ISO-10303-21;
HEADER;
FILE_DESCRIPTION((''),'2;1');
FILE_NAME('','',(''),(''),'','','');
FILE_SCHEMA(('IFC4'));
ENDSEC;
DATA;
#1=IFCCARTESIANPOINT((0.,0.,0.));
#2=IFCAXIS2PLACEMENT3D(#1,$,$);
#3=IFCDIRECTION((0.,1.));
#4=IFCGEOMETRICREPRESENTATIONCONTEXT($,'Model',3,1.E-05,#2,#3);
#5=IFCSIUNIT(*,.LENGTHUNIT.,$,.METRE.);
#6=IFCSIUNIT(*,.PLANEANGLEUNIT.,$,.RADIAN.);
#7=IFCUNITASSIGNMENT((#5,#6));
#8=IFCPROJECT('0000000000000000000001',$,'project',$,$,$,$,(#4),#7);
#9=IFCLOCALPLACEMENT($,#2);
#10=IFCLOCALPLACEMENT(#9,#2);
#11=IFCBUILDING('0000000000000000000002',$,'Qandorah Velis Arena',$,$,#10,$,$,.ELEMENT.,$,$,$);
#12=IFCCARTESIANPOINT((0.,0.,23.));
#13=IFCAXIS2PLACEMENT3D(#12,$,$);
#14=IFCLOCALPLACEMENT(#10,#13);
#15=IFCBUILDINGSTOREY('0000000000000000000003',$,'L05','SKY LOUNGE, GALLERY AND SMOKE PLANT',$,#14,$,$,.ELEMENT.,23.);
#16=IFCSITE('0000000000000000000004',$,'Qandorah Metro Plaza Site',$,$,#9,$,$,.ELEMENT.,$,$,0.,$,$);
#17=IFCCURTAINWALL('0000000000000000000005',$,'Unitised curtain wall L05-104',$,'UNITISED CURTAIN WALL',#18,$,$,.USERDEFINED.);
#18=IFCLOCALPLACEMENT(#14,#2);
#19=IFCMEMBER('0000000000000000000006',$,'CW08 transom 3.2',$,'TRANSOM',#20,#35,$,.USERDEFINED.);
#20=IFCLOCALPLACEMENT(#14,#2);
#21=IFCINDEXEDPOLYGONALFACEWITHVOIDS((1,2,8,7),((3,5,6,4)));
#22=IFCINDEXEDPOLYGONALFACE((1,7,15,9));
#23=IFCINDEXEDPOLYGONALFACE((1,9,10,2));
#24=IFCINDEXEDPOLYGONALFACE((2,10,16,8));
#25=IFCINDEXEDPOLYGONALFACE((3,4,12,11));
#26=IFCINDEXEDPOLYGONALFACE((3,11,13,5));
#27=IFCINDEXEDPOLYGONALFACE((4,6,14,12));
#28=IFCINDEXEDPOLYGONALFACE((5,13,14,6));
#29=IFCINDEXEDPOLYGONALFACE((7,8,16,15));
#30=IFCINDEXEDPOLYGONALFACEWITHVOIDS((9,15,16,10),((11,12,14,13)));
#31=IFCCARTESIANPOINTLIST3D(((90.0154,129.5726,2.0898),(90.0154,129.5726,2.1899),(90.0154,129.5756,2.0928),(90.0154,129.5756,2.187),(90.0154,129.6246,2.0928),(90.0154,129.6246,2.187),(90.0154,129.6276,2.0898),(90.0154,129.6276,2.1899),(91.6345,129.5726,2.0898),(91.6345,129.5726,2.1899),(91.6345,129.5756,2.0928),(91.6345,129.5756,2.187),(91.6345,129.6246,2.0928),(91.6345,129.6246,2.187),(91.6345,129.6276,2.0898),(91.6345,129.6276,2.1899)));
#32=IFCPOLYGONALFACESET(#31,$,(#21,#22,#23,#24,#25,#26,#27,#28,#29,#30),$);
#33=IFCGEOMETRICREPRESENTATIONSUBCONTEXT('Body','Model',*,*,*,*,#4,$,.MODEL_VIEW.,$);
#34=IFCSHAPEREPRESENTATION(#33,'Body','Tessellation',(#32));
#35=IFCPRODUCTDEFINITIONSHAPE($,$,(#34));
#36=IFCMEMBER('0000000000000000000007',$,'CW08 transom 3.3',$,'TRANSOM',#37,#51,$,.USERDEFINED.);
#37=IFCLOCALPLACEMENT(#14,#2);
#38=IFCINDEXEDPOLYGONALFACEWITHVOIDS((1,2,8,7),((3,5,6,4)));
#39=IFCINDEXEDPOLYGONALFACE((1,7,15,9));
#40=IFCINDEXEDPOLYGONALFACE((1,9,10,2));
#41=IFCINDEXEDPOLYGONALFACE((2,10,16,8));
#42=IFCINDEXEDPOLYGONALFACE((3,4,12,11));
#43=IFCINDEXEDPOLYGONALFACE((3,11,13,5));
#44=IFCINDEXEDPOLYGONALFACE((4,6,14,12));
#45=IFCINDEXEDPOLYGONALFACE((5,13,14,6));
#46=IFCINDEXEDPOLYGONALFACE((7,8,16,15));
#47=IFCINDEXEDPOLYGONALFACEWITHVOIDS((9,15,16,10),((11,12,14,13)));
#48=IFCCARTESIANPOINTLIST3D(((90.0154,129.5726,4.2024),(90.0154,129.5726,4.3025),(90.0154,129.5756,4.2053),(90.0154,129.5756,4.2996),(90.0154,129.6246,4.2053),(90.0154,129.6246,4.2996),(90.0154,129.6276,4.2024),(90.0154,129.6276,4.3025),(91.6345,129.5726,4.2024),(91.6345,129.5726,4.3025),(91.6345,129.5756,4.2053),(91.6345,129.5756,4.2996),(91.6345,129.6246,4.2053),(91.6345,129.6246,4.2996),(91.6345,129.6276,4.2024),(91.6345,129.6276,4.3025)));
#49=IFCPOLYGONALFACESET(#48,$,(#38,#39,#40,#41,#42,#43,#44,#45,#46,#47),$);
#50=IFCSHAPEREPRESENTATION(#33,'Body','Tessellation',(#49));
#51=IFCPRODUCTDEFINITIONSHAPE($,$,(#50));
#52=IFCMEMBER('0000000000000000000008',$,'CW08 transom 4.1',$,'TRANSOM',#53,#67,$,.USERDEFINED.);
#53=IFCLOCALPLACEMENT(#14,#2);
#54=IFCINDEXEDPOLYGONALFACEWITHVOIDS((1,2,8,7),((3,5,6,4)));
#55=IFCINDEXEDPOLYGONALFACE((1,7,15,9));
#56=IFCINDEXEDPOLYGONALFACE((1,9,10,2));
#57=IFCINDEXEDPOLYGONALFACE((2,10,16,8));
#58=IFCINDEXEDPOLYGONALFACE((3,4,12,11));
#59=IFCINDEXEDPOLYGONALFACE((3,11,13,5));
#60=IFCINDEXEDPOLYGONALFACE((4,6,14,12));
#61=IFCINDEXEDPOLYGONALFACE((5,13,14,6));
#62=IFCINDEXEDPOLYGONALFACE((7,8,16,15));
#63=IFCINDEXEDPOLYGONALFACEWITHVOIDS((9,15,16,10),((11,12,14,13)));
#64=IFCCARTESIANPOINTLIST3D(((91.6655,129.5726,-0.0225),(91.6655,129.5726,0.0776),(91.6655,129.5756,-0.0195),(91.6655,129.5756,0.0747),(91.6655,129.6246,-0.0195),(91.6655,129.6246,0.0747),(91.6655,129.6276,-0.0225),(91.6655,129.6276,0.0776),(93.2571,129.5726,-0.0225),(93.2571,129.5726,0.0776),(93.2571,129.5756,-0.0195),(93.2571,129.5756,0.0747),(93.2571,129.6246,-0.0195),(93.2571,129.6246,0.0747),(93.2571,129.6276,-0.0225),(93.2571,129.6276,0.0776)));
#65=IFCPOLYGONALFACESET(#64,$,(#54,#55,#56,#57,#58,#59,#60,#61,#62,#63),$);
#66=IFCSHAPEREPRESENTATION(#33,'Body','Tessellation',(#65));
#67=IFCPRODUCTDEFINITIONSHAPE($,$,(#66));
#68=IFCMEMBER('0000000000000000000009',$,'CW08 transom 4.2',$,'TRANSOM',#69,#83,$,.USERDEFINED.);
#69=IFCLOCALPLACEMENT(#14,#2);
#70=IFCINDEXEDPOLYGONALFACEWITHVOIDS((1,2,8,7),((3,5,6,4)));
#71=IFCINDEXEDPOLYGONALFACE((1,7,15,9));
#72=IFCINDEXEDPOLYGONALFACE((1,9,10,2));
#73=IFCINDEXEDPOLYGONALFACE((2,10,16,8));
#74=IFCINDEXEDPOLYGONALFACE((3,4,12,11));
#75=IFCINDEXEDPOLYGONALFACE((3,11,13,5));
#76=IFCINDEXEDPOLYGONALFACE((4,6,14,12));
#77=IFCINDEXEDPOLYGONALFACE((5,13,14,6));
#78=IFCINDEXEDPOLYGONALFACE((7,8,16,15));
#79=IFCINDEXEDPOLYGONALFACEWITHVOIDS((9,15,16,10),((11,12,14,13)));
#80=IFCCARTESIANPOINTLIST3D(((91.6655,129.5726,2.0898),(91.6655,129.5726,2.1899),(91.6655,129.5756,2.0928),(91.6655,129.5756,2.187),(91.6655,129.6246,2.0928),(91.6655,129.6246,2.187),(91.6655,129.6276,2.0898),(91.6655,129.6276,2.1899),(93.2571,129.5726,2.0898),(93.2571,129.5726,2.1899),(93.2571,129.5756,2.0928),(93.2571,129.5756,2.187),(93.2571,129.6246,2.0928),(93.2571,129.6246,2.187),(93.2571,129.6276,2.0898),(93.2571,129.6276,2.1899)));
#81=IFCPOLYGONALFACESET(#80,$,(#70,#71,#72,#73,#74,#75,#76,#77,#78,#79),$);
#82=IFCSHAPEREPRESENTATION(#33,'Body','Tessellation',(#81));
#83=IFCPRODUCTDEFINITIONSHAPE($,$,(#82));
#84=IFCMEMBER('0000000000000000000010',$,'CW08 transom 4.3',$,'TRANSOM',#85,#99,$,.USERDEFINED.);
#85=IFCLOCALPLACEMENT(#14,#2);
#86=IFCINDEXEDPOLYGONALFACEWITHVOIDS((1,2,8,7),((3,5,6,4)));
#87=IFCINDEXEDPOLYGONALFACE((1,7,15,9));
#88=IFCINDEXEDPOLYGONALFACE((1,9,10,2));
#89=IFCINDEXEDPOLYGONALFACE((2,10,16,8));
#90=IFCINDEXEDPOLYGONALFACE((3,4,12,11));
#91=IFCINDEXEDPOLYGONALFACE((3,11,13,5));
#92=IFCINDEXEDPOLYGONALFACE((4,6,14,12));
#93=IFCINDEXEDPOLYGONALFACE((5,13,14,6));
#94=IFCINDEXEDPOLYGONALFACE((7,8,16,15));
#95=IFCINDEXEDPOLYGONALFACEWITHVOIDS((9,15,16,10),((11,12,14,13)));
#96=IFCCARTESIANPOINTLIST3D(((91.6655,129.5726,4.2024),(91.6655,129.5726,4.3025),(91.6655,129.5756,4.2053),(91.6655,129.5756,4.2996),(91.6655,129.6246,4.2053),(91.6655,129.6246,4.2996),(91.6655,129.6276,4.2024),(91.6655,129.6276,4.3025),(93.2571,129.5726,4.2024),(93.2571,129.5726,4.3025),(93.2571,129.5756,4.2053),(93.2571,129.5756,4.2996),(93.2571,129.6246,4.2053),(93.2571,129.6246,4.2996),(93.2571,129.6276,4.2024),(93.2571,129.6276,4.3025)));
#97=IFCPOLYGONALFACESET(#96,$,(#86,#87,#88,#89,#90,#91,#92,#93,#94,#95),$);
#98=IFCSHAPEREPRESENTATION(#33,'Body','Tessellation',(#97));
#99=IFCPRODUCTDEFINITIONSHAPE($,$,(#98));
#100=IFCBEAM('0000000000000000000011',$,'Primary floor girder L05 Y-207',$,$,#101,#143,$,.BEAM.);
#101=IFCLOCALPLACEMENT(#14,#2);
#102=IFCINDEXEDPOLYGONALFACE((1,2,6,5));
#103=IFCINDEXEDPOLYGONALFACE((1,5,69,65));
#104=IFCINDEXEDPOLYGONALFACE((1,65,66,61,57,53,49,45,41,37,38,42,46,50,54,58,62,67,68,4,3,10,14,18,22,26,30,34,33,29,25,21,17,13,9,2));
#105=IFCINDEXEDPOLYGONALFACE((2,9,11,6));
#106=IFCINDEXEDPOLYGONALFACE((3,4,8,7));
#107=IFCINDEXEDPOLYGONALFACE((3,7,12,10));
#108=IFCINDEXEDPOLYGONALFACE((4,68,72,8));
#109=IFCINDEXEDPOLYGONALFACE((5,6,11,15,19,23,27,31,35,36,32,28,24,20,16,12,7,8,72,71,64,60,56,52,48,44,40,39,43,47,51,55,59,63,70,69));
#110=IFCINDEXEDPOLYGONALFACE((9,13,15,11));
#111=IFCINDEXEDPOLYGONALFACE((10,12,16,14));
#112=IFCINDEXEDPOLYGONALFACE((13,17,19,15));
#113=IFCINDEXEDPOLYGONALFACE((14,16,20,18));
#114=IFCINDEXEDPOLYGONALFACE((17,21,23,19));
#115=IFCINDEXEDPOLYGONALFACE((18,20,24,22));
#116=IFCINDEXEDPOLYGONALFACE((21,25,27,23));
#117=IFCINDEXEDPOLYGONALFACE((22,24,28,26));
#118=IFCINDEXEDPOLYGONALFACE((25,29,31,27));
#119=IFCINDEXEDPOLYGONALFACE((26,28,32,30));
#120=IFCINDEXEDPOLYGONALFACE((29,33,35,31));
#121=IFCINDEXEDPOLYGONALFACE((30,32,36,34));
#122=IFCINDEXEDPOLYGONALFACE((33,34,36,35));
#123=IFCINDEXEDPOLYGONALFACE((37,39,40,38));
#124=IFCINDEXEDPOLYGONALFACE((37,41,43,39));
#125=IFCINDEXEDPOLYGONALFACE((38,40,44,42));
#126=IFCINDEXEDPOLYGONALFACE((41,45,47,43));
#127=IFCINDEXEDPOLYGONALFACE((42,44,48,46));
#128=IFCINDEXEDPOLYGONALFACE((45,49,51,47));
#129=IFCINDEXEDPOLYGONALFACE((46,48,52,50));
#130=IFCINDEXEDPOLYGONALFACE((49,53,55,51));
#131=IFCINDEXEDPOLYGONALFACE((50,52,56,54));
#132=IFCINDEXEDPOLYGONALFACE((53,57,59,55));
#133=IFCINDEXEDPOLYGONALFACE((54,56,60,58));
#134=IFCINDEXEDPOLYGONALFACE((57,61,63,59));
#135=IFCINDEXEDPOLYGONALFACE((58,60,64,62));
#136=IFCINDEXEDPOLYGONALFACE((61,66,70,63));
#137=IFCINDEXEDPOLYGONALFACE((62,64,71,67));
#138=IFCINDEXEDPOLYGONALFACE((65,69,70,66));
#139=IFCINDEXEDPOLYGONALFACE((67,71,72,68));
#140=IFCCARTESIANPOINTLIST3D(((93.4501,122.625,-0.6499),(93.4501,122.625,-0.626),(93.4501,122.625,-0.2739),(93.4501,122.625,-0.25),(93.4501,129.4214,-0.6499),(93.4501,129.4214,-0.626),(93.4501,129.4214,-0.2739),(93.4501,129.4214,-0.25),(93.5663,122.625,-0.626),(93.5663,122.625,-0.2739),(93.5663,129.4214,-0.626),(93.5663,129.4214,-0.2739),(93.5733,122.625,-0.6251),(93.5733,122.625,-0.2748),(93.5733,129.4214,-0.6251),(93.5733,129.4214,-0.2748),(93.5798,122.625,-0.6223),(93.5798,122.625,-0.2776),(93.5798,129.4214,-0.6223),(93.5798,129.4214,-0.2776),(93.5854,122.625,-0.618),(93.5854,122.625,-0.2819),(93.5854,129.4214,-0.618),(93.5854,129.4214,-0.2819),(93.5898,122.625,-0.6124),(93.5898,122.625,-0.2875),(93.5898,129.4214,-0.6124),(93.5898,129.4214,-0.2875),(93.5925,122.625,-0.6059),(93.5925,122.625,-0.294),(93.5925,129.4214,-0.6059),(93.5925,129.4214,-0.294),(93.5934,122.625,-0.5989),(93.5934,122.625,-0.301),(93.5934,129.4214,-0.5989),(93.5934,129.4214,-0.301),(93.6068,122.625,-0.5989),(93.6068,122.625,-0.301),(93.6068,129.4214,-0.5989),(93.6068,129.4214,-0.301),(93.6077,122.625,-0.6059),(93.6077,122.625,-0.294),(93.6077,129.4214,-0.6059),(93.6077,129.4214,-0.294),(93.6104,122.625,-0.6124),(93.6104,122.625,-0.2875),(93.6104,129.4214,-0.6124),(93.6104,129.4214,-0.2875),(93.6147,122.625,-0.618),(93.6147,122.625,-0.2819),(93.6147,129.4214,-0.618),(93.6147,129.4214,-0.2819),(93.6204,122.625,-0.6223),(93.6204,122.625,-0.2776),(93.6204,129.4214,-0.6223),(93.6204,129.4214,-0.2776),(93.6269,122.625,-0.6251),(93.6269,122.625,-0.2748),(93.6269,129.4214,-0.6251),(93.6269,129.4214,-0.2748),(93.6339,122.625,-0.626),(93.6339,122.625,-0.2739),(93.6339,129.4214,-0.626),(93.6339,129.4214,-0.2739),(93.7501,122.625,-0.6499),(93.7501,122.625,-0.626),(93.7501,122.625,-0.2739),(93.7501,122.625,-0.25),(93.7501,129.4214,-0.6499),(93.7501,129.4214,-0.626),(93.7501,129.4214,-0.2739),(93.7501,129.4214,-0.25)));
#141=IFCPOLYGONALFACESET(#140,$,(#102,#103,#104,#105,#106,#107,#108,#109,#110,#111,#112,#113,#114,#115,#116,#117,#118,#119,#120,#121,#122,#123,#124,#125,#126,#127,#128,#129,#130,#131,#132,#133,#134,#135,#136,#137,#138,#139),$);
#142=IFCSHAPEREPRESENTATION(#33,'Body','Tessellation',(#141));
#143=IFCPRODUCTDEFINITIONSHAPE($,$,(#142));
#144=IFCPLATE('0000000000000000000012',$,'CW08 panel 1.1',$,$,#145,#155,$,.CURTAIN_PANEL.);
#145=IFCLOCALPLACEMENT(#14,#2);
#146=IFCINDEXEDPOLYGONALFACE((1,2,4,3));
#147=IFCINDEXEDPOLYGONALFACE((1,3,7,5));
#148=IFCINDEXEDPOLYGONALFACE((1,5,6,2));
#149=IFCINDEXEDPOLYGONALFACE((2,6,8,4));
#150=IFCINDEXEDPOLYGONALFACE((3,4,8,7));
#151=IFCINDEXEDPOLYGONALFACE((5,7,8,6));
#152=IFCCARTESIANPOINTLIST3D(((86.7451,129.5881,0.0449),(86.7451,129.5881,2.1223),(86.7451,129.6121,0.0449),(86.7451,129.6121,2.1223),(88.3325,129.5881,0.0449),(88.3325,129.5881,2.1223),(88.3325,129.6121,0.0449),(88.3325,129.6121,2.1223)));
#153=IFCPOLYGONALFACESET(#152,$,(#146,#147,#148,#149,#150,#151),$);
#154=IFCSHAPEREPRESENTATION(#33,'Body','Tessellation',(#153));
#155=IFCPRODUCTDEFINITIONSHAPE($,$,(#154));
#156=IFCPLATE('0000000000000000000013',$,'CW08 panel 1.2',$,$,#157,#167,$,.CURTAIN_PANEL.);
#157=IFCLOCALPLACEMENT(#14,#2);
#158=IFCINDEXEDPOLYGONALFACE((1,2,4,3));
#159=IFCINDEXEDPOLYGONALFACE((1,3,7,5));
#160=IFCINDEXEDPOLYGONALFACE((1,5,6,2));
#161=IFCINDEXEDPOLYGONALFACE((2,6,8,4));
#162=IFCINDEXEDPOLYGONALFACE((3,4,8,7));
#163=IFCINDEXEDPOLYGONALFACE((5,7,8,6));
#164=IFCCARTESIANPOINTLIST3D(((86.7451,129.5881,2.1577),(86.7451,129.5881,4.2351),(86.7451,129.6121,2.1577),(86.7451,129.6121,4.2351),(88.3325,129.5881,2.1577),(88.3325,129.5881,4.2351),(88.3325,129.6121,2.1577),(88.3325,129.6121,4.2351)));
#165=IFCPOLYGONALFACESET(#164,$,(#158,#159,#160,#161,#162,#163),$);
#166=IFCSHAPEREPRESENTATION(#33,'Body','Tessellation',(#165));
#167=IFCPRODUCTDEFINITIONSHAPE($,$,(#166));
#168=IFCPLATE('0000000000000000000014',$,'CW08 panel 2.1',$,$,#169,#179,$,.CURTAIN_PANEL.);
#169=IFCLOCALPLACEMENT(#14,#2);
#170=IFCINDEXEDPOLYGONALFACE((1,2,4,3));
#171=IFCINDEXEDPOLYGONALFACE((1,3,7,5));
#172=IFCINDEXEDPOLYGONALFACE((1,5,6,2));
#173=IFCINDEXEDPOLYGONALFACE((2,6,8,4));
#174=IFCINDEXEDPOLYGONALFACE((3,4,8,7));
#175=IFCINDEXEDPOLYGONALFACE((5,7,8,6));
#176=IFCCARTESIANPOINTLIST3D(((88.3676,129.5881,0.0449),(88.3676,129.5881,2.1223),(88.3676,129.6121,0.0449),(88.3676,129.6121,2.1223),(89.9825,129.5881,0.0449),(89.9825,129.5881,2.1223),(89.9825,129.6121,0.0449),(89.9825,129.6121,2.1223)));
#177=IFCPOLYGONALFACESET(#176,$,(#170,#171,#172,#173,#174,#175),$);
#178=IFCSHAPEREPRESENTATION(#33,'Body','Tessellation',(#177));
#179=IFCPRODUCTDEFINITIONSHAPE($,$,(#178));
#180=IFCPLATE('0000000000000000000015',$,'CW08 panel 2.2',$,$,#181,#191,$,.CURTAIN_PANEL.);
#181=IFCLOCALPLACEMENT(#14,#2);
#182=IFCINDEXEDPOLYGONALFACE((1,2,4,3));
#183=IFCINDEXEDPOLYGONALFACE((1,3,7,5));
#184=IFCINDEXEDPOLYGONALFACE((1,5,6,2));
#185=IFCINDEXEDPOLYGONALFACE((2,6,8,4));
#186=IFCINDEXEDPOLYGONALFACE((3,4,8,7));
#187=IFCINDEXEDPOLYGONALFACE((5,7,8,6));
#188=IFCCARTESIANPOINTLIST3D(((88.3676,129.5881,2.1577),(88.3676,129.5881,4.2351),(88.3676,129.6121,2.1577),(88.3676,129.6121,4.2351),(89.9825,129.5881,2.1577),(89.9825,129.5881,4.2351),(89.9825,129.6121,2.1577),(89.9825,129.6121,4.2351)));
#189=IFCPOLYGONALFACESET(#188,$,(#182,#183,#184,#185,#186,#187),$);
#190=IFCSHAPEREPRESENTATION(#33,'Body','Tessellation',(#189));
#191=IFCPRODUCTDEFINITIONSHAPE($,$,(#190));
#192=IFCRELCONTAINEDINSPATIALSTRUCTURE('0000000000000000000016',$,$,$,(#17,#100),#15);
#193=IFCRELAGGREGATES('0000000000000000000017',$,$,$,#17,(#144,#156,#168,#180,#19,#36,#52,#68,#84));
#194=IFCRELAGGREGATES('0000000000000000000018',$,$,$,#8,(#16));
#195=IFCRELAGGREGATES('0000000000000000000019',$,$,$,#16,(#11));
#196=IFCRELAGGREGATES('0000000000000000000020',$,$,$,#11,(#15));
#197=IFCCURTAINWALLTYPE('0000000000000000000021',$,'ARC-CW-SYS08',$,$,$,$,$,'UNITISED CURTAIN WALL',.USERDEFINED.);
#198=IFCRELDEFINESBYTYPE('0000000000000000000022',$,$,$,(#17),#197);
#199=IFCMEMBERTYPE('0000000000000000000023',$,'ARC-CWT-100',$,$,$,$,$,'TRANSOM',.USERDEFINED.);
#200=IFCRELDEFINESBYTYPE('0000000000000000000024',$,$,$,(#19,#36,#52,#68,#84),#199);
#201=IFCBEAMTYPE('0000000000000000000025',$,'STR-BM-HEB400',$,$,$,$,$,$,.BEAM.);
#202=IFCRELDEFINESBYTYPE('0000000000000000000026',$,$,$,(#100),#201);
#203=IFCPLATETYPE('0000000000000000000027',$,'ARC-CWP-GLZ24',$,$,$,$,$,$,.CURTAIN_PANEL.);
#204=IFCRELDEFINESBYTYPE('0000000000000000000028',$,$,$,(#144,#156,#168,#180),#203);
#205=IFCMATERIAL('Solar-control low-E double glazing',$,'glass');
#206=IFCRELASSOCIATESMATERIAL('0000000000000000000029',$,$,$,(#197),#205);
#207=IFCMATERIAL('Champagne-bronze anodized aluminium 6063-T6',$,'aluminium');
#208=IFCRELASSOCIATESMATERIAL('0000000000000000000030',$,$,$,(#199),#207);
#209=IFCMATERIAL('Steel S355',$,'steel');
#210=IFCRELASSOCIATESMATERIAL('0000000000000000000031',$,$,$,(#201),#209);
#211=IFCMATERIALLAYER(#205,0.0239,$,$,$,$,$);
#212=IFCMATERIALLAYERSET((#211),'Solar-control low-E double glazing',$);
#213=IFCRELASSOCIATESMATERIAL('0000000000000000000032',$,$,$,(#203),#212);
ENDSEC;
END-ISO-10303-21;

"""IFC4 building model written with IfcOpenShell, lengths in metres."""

from ifc_helpers import new_model, si_unit, direction, frame, origin, origin_2d, place, context, subcontext, project, spatial, rectangle, hollow_rectangle, i_section, extrude, material, layer, layer_set, material_profile, profile_set, type_object, element, aggregate, save


model = new_model("IFC4")

# Units and contexts
model_context = context("Model", 3, precision=1e-05, world=origin(), true_north=direction((0.0, 1.0)))
body_context = subcontext(model_context, "Body", "Model", "MODEL_VIEW")
ifc_project = project(units=[si_unit("LENGTHUNIT", "METRE"), si_unit("PLANEANGLEUNIT", "RADIAN")], contexts=[model_context])

# Site, building, storey
site_placement = place(None, origin())
site = spatial("IfcSite", under=ifc_project, at=site_placement, Name="Qandorah Metro Plaza Site", CompositionType="ELEMENT", RefElevation=0.0)
building_placement = place(site_placement, origin())
building = spatial("IfcBuilding", under=site, at=building_placement, Name="Qandorah Velis Arena", CompositionType="ELEMENT")
storey_placement = place(building_placement, frame((0.0, 0.0, 23.0)))
storey = spatial("IfcBuildingStorey", under=building, at=storey_placement, Name="L05", Description="SKY LOUNGE, GALLERY AND SMOKE PLANT", CompositionType="ELEMENT", Elevation=23.0)

# Curtain wall, members
ifc_material_1 = material(Name="Solar-control low-E double glazing", Category="glass")
curtain_wall_type = type_object("IfcCurtainWallType", Name="ARC-CW-SYS08", ElementType="UNITISED CURTAIN WALL", PredefinedType="USERDEFINED", material=ifc_material_1)
curtain_wall_placement = place(storey_placement, origin())
curtain_wall = element("IfcCurtainWall", 1, at=curtain_wall_placement, inside=storey, type_object=curtain_wall_type, Name="Unitised curtain wall L05-104", ObjectType="UNITISED CURTAIN WALL", PredefinedType="USERDEFINED")
ifc_material_2 = material(Name="Champagne-bronze anodized aluminium 6063-T6", Category="aluminium")
ifc_material_profile_1 = material_profile(ifc_material_2, hollow_rectangle(XDim=0.0549, YDim=0.1001, WallThickness=0.0029, at=origin_2d()), Name="ALU TRANSOM 55x100")
ifc_profile_set_1 = profile_set([ifc_material_profile_1], Name="Champagne-bronze anodized aluminium 6063-T6")
member_type_1 = type_object("IfcMemberType", Name="ARC-CWT-100", ElementType="TRANSOM", PredefinedType="USERDEFINED", material=ifc_profile_set_1)
member_1_placement = place(storey_placement, frame((90.0154, 129.6001, 2.1399), z_axis=(1.0, 0.0, 0.0), x_axis=(0.0, 1.0, 0.0)))
member_1 = element("IfcMember", 2, at=member_1_placement, type_object=member_type_1, Name="CW08 transom 3.2", ObjectType="TRANSOM", PredefinedType="USERDEFINED", context=body_context, shape_type="SweptSolid", body=[
    extrude(hollow_rectangle(XDim=0.0549, YDim=0.1001, WallThickness=0.0029, at=origin_2d()), origin(), (0.0, 0.0, 1.0), 1.6191),
])
member_2_placement = place(storey_placement, frame((90.0154, 129.6001, 4.2524), z_axis=(1.0, 0.0, 0.0), x_axis=(0.0, 1.0, 0.0)))
member_2 = element("IfcMember", 3, at=member_2_placement, type_object=member_type_1, Name="CW08 transom 3.3", ObjectType="TRANSOM", PredefinedType="USERDEFINED", context=body_context, shape_type="SweptSolid", body=[
    extrude(hollow_rectangle(XDim=0.0549, YDim=0.1001, WallThickness=0.0029, at=origin_2d()), origin(), (0.0, 0.0, 1.0), 1.6191),
])
member_3_placement = place(storey_placement, frame((91.6655, 129.6001, 0.0276), z_axis=(1.0, 0.0, 0.0), x_axis=(0.0, 1.0, 0.0)))
member_3 = element("IfcMember", 4, at=member_3_placement, type_object=member_type_1, Name="CW08 transom 4.1", ObjectType="TRANSOM", PredefinedType="USERDEFINED", context=body_context, shape_type="SweptSolid", body=[
    extrude(hollow_rectangle(XDim=0.0549, YDim=0.1001, WallThickness=0.0029, at=origin_2d()), origin(), (0.0, 0.0, 1.0), 1.5916),
])
member_4_placement = place(storey_placement, frame((91.6655, 129.6001, 2.1399), z_axis=(1.0, 0.0, 0.0), x_axis=(0.0, 1.0, 0.0)))
member_4 = element("IfcMember", 5, at=member_4_placement, type_object=member_type_1, Name="CW08 transom 4.2", ObjectType="TRANSOM", PredefinedType="USERDEFINED", context=body_context, shape_type="SweptSolid", body=[
    extrude(hollow_rectangle(XDim=0.0549, YDim=0.1001, WallThickness=0.0029, at=origin_2d()), origin(), (0.0, 0.0, 1.0), 1.5916),
])
member_5_placement = place(storey_placement, frame((91.6655, 129.6001, 4.2524), z_axis=(1.0, 0.0, 0.0), x_axis=(0.0, 1.0, 0.0)))
member_5 = element("IfcMember", 6, at=member_5_placement, type_object=member_type_1, Name="CW08 transom 4.3", ObjectType="TRANSOM", PredefinedType="USERDEFINED", context=body_context, shape_type="SweptSolid", body=[
    extrude(hollow_rectangle(XDim=0.0549, YDim=0.1001, WallThickness=0.0029, at=origin_2d()), origin(), (0.0, 0.0, 1.0), 1.5916),
])

# Beam
ifc_material_3 = material(Name="Steel S355", Category="steel")
ifc_material_profile_2 = material_profile(ifc_material_3, i_section(OverallWidth=0.3, OverallDepth=0.3999, WebThickness=0.0134, FlangeThickness=0.0239, FilletRadius=0.0271, at=origin_2d()), Name="HEB 400")
ifc_profile_set_2 = profile_set([ifc_material_profile_2], Name="Steel S355")
beam_type = type_object("IfcBeamType", Name="STR-BM-HEB400", PredefinedType="BEAM", material=ifc_profile_set_2)
beam_placement = place(storey_placement, frame((93.6001, 122.625, -0.45), z_axis=(0.0, 1.0, 0.0), x_axis=(-1.0, 0.0, 0.0)))
element("IfcBeam", 7, at=beam_placement, inside=storey, type_object=beam_type, Name="Primary floor girder L05 Y-207", PredefinedType="BEAM", context=body_context, shape_type="SweptSolid", body=[
    extrude(i_section(OverallWidth=0.3, OverallDepth=0.3999, WebThickness=0.0134, FlangeThickness=0.0239, FilletRadius=0.0271, at=origin_2d()), origin(), (0.0, 0.0, 1.0), 6.7964),
])

# Plates
ifc_layer_1 = layer(ifc_material_1, 0.0239)
ifc_layer_set_1 = layer_set([ifc_layer_1], Name="Solar-control low-E double glazing")
plate_type = type_object("IfcPlateType", Name="ARC-CWP-GLZ24", PredefinedType="CURTAIN_PANEL", material=ifc_layer_set_1)
plate_1_placement = place(storey_placement, frame((87.5388, 129.6001, 0.0449), z_axis=(0.0, 0.0, 1.0), x_axis=(1.0, 0.0, 0.0)))
plate_1 = element("IfcPlate", 8, at=plate_1_placement, type_object=plate_type, Name="CW08 panel 1.1", PredefinedType="CURTAIN_PANEL", context=body_context, shape_type="SweptSolid", body=[
    extrude(rectangle(XDim=1.5874, YDim=0.0239, at=origin_2d()), origin(), (0.0, 0.0, 1.0), 2.0774),
])
plate_2_placement = place(storey_placement, frame((87.5388, 129.6001, 2.1577), z_axis=(0.0, 0.0, 1.0), x_axis=(1.0, 0.0, 0.0)))
plate_2 = element("IfcPlate", 9, at=plate_2_placement, type_object=plate_type, Name="CW08 panel 1.2", PredefinedType="CURTAIN_PANEL", context=body_context, shape_type="SweptSolid", body=[
    extrude(rectangle(XDim=1.5874, YDim=0.0239, at=origin_2d()), origin(), (0.0, 0.0, 1.0), 2.0774),
])
plate_3_placement = place(storey_placement, frame((89.175, 129.6001, 0.0449), z_axis=(0.0, 0.0, 1.0), x_axis=(1.0, 0.0, 0.0)))
plate_3 = element("IfcPlate", 10, at=plate_3_placement, type_object=plate_type, Name="CW08 panel 2.1", PredefinedType="CURTAIN_PANEL", context=body_context, shape_type="SweptSolid", body=[
    extrude(rectangle(XDim=1.615, YDim=0.0239, at=origin_2d()), origin(), (0.0, 0.0, 1.0), 2.0774),
])
plate_4_placement = place(storey_placement, frame((89.175, 129.6001, 2.1577), z_axis=(0.0, 0.0, 1.0), x_axis=(1.0, 0.0, 0.0)))
plate_4 = element("IfcPlate", 11, at=plate_4_placement, type_object=plate_type, Name="CW08 panel 2.2", PredefinedType="CURTAIN_PANEL", context=body_context, shape_type="SweptSolid", body=[
    extrude(rectangle(XDim=1.615, YDim=0.0239, at=origin_2d()), origin(), (0.0, 0.0, 1.0), 2.0774),
])
aggregate(curtain_wall, [plate_1, plate_2, plate_3, plate_4, member_1, member_2, member_3, member_4, member_5])

save(model, "model.ifc")
